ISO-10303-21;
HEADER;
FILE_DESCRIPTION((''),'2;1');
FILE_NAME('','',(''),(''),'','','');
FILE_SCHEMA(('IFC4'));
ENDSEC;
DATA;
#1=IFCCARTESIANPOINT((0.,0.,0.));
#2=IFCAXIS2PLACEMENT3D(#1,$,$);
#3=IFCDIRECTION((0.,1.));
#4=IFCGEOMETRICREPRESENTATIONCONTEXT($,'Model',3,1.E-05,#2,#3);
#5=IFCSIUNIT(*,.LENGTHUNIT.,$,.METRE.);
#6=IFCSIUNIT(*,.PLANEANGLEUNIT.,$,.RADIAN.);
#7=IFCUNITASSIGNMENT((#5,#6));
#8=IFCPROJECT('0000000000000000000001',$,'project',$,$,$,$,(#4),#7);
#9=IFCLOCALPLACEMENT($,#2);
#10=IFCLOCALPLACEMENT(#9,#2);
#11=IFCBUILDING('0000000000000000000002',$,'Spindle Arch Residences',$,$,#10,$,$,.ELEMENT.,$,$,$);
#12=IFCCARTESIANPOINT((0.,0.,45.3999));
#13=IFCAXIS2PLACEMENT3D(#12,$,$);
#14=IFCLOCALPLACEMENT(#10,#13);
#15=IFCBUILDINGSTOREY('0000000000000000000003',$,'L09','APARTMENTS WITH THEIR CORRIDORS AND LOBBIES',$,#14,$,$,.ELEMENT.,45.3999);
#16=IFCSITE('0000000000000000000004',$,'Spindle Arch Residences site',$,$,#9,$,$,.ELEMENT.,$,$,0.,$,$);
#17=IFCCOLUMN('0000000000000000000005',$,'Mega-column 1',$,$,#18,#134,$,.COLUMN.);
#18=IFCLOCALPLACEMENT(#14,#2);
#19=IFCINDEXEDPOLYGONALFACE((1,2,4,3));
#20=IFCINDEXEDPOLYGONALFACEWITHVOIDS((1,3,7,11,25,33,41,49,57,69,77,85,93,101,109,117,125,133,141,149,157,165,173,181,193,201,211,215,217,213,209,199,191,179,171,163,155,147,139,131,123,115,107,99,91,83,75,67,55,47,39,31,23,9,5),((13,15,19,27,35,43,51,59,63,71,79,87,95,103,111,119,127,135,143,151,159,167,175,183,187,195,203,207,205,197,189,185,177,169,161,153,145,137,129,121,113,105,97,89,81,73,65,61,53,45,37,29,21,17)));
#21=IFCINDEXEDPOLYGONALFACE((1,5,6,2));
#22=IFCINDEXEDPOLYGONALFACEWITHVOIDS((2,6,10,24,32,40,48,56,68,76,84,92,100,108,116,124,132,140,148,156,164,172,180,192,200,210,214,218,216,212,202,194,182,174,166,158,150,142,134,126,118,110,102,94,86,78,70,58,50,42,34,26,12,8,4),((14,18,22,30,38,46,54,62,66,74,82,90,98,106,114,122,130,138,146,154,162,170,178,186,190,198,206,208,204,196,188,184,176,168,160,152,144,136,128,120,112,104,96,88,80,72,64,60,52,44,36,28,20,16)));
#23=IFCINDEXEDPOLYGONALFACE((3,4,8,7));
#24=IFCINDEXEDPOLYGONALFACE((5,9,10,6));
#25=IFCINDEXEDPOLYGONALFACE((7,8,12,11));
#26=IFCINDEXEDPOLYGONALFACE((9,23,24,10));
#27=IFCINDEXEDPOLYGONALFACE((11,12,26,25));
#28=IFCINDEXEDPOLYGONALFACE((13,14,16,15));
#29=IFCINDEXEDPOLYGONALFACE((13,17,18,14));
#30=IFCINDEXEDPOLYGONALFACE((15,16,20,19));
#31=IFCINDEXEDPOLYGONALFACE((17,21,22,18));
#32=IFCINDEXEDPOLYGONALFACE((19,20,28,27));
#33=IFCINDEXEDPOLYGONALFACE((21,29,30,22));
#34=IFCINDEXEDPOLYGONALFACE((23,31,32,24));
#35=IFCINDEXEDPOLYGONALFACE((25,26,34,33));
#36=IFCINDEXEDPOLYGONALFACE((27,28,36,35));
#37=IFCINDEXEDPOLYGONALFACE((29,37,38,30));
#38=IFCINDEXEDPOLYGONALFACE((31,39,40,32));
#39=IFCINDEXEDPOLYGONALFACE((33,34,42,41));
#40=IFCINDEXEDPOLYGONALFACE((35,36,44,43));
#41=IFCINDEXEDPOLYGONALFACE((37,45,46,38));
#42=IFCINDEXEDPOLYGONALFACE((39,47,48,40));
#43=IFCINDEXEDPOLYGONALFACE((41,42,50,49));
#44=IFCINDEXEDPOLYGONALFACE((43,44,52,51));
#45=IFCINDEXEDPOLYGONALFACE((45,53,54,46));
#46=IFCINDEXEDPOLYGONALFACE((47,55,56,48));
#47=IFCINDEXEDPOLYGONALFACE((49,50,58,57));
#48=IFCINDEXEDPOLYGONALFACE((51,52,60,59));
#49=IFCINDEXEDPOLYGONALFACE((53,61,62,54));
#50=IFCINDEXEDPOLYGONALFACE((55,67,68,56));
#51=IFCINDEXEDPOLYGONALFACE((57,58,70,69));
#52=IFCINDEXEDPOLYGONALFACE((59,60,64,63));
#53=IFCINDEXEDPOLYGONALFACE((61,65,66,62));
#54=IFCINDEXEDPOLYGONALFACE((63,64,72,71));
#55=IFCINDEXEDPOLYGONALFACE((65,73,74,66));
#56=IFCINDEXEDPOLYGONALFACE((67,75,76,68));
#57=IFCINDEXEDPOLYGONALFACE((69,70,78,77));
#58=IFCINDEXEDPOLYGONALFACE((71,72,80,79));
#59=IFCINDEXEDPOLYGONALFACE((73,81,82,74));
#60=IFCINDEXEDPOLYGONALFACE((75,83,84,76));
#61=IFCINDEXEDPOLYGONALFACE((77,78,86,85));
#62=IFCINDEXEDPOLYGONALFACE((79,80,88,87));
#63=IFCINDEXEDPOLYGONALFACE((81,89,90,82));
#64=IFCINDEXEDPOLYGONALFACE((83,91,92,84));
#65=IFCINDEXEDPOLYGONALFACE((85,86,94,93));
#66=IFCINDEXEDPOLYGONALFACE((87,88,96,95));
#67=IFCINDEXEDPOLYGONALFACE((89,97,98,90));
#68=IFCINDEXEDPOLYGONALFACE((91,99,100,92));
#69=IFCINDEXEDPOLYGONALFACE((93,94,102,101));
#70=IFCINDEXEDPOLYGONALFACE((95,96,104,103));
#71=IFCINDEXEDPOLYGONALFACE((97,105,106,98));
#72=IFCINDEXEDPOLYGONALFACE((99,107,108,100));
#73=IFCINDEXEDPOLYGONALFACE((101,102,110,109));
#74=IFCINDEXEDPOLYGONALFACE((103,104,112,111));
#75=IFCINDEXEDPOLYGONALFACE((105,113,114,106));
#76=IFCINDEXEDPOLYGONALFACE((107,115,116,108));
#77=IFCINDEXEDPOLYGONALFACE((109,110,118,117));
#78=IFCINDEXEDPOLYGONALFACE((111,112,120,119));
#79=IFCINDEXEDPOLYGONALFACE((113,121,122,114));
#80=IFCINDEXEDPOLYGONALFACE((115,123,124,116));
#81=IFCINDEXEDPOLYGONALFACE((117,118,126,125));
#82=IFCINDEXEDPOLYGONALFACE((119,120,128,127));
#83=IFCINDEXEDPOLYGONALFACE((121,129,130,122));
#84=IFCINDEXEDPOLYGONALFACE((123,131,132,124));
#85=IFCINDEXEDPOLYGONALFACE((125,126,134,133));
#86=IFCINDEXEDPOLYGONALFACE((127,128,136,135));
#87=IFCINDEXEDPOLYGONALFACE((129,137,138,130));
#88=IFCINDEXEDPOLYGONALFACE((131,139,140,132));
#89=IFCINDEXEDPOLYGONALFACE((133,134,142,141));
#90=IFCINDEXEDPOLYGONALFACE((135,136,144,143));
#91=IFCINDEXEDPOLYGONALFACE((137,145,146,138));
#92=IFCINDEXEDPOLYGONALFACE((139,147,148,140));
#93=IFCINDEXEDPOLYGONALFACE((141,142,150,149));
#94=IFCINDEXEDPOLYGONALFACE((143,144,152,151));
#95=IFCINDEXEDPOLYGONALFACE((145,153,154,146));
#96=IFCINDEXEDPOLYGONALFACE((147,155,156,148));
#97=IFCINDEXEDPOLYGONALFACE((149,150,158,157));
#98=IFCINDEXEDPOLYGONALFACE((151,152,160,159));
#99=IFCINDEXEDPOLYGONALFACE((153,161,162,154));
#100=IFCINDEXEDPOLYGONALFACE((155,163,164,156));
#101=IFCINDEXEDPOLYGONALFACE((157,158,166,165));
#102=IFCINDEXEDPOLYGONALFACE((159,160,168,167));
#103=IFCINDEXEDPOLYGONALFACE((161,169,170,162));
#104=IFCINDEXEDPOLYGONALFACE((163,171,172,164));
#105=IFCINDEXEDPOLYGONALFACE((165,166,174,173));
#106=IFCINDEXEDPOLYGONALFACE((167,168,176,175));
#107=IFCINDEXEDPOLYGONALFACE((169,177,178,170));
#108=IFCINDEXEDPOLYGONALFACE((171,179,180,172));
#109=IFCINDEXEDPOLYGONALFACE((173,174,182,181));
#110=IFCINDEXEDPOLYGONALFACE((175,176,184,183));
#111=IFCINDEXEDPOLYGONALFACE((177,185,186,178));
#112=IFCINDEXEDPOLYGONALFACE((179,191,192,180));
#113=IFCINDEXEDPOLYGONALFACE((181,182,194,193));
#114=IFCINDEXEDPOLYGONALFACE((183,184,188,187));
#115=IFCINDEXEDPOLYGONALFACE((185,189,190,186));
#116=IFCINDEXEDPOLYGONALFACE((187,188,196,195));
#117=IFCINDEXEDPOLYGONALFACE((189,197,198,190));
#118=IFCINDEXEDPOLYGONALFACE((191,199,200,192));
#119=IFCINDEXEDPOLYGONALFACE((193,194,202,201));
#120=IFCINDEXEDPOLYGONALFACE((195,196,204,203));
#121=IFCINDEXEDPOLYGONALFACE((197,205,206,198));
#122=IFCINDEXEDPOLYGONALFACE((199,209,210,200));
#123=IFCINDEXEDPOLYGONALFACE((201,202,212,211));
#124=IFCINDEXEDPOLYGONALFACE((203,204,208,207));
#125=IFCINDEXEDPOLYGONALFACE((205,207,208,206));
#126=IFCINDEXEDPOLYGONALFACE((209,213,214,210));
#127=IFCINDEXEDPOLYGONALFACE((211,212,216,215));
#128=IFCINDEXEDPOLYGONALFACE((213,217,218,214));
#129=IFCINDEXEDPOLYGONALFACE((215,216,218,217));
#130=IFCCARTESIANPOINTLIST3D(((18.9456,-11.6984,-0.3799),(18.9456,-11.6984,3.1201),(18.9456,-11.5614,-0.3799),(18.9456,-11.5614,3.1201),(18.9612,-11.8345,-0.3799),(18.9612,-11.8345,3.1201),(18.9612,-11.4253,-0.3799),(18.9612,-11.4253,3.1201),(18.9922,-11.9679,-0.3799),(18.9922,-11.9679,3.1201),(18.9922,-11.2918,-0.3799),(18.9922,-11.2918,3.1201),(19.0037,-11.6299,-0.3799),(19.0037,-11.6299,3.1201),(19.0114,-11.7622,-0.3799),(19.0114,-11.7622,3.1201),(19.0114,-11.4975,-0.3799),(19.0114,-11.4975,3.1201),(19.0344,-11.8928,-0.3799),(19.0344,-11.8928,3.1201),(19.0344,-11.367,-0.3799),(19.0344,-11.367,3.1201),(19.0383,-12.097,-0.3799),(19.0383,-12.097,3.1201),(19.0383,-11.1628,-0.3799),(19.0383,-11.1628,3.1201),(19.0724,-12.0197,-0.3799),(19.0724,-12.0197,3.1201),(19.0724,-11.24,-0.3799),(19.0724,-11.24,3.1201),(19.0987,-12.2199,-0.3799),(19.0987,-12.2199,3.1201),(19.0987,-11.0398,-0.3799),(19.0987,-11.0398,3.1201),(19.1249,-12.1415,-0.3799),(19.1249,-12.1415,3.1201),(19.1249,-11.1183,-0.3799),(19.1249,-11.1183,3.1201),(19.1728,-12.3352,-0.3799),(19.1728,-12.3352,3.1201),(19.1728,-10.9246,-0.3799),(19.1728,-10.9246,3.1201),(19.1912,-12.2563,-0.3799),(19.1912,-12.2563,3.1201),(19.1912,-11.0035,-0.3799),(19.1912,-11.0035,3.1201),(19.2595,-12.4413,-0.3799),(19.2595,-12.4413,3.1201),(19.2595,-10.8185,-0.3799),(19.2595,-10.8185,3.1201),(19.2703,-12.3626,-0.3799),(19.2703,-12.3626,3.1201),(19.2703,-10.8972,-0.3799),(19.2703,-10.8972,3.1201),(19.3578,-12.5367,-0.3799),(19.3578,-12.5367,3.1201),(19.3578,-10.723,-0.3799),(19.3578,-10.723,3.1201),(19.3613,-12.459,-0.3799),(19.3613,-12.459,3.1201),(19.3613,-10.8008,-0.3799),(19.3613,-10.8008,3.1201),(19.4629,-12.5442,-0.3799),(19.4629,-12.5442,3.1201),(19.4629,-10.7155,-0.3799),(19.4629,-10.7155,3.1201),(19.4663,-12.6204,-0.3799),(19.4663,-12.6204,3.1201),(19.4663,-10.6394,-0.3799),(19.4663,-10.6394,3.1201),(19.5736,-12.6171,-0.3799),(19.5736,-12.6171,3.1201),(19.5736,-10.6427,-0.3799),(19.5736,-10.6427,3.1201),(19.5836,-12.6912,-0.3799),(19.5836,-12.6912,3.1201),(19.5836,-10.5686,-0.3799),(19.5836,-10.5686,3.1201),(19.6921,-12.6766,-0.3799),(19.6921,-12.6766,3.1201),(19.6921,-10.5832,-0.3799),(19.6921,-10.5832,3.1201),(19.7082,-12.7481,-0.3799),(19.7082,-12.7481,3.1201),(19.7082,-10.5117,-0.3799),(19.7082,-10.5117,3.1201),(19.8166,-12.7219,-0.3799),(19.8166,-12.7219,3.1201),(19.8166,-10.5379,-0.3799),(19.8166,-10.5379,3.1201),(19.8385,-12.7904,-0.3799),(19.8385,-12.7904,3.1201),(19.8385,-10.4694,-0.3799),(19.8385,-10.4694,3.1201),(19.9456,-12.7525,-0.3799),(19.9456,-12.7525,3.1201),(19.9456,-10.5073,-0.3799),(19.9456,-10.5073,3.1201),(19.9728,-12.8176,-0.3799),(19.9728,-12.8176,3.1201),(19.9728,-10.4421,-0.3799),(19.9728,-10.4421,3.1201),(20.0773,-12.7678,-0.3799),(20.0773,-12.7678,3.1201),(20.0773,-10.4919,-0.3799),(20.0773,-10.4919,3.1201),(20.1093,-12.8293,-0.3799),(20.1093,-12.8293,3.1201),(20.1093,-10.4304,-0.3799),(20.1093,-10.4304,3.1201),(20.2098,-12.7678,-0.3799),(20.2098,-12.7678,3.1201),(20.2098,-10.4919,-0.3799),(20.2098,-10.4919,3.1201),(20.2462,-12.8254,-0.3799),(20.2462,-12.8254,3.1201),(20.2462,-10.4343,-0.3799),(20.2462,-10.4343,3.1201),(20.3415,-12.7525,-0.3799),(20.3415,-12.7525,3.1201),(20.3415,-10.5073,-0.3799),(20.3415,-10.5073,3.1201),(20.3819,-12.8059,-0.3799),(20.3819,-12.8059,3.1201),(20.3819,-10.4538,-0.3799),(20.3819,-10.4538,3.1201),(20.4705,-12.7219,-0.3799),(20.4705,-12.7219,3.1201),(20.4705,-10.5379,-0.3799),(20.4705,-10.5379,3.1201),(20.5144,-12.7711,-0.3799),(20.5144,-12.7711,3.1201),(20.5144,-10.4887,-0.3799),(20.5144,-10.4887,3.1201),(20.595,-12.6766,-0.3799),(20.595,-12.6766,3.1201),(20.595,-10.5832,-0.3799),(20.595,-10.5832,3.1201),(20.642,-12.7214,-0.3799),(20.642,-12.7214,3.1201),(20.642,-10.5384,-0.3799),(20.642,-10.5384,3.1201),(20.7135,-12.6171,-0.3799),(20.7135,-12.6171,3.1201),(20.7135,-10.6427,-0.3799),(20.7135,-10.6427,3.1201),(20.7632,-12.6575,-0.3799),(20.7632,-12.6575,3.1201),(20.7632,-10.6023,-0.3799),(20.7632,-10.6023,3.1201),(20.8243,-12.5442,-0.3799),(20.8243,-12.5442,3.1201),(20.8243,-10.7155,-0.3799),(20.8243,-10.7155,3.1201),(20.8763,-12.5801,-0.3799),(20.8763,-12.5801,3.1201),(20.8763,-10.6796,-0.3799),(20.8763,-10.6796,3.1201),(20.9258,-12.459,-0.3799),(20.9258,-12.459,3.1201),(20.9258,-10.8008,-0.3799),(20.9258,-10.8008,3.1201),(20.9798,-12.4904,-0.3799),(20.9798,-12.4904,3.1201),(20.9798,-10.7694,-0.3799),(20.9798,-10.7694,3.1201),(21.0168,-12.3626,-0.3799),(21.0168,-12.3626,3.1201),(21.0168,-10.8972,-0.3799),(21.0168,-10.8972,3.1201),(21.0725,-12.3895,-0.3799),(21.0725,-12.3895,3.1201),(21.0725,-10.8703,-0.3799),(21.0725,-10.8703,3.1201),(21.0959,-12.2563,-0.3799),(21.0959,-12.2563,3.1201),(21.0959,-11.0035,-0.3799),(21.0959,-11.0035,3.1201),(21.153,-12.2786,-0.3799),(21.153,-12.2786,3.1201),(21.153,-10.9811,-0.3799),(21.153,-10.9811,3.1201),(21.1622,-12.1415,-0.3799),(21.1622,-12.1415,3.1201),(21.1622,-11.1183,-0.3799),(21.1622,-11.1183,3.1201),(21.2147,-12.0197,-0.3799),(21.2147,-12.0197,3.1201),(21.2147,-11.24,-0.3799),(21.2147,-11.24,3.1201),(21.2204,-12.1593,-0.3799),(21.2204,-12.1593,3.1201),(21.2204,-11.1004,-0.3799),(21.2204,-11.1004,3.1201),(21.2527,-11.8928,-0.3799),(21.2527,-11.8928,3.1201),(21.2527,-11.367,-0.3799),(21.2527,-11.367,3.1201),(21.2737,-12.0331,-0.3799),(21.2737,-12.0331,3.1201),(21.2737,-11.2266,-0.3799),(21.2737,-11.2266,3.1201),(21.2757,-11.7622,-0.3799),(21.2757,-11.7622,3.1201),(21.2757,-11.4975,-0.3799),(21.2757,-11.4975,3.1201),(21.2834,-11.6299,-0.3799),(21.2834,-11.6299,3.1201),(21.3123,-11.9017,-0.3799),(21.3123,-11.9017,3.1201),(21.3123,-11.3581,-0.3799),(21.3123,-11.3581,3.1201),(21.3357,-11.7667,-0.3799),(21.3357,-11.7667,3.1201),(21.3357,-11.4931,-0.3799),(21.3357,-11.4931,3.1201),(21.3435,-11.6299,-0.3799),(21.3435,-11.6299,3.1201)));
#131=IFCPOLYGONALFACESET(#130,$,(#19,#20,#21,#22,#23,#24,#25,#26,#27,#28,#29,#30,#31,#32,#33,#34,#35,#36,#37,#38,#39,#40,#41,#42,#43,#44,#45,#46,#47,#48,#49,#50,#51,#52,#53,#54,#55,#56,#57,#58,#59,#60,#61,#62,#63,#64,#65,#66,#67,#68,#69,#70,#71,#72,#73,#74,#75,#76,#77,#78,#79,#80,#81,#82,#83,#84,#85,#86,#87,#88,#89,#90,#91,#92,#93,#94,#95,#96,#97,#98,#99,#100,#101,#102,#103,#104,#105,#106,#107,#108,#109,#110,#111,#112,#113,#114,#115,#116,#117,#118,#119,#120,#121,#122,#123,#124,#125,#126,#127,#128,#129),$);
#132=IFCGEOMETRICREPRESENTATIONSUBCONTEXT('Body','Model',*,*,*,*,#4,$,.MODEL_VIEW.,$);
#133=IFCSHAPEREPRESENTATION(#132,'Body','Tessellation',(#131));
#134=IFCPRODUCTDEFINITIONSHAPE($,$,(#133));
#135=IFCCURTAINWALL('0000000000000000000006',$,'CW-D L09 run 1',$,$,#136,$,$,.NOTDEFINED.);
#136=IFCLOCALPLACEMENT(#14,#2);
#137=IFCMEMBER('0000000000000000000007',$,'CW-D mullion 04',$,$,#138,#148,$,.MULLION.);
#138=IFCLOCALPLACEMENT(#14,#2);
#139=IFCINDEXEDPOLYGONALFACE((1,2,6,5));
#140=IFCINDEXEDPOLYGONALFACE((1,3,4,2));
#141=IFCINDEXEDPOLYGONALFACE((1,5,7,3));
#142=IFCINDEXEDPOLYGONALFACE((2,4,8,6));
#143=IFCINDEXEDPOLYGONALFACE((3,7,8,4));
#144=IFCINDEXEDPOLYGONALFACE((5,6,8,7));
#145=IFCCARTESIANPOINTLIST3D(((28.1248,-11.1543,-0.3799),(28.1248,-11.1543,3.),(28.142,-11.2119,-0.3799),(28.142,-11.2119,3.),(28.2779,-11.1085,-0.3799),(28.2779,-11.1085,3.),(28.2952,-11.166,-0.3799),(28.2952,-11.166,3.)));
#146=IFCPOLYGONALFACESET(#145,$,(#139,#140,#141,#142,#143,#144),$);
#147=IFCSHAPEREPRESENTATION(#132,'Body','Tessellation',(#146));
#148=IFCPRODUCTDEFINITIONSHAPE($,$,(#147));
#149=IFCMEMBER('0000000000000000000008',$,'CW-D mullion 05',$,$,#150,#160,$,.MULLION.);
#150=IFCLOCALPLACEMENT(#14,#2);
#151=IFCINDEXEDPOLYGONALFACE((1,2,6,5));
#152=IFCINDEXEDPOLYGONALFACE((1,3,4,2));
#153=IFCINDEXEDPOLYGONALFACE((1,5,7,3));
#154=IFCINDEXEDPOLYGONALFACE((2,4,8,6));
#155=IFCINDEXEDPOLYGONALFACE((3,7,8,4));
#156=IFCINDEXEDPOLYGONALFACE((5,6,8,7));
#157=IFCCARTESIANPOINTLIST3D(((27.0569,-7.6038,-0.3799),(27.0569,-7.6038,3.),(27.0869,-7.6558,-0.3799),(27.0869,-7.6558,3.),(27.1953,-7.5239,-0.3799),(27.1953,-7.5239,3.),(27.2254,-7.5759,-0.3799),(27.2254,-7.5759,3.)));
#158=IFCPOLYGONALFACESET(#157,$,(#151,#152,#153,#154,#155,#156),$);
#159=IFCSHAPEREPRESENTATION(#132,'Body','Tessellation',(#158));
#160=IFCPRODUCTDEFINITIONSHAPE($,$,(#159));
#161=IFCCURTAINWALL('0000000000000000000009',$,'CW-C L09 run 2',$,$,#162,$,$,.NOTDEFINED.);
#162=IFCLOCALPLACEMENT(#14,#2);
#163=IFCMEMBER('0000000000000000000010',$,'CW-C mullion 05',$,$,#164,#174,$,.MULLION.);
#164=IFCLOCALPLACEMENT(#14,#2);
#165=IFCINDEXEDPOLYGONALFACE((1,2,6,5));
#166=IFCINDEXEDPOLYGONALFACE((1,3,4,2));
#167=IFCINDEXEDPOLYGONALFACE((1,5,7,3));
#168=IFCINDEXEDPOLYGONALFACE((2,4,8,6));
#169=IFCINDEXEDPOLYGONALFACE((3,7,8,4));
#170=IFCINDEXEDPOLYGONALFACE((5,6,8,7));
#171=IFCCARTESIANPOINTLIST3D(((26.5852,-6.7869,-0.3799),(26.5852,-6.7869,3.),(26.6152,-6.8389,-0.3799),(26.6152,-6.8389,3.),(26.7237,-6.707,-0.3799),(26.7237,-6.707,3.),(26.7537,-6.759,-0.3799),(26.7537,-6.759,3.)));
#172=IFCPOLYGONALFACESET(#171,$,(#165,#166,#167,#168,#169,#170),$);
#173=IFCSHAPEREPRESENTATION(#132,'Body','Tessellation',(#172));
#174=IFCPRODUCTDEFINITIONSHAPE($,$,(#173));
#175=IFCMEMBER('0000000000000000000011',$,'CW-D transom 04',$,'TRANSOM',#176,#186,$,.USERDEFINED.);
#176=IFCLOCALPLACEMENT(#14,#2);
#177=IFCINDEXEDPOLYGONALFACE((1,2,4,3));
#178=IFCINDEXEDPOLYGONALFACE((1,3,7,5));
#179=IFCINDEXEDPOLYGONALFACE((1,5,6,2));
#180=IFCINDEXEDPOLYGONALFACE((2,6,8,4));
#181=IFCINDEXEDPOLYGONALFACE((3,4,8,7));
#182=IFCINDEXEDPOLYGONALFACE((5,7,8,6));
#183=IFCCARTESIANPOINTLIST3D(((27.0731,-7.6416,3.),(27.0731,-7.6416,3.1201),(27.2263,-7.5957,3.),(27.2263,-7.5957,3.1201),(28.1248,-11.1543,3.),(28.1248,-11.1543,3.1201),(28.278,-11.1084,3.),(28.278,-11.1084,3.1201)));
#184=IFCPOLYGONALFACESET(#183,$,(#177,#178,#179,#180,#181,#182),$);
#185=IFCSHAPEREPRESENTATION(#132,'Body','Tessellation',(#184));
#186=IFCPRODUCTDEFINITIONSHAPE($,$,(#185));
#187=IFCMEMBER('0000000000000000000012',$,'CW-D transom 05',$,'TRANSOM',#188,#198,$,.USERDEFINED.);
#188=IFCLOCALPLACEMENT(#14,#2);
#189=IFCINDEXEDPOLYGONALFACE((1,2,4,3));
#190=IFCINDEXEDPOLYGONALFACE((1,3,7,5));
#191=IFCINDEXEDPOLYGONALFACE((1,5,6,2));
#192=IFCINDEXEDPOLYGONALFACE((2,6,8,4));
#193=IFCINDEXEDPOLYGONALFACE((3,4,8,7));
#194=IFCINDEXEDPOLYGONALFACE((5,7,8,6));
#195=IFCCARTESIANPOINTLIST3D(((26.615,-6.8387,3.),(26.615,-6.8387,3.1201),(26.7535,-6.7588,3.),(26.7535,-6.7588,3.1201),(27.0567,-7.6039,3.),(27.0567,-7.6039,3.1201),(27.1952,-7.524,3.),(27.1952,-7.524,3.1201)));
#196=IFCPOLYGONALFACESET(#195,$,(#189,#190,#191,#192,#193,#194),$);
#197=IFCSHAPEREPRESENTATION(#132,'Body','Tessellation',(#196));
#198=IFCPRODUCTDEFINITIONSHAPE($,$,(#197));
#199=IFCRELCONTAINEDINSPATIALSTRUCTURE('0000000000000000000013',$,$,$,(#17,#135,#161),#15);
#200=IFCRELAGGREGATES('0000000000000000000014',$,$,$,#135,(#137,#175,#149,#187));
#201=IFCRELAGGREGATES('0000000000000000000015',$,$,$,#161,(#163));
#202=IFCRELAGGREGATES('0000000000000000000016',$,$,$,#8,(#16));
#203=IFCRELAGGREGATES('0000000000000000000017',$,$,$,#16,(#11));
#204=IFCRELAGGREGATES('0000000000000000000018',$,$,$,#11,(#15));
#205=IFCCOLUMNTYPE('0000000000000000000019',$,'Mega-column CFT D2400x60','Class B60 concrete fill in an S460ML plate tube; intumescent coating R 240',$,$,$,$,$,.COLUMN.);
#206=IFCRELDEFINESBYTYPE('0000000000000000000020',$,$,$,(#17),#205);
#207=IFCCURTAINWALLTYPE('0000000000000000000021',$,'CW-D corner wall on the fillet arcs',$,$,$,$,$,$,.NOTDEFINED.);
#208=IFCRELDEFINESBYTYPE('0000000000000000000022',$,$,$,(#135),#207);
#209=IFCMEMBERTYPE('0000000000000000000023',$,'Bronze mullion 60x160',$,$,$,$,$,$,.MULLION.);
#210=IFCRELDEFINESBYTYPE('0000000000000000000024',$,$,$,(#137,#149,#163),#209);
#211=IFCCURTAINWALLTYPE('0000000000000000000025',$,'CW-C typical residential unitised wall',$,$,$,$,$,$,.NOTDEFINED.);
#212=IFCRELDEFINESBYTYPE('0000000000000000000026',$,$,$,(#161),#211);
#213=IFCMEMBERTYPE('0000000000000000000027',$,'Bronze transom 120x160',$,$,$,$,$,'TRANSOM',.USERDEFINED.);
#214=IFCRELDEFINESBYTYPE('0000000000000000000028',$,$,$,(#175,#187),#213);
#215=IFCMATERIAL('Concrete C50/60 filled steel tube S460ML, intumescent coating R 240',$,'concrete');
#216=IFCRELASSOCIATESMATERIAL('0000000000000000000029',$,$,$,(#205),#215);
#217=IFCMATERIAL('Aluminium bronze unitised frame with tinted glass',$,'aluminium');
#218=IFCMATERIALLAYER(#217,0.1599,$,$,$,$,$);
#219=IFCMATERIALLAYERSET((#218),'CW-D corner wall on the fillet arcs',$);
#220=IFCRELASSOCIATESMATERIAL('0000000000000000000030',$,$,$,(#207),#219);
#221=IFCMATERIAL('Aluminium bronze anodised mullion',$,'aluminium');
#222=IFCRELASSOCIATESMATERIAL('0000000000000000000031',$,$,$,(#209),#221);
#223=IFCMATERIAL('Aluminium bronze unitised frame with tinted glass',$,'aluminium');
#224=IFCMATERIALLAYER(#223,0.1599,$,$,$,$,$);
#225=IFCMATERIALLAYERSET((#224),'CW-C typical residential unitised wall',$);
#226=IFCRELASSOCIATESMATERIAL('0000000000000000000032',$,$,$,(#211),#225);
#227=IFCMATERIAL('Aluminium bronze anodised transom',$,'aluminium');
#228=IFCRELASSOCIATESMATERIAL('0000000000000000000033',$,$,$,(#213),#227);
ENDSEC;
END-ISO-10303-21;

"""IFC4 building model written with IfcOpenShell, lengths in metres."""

from ifc_helpers import new_model, si_unit, direction, frame, origin, origin_2d, place, context, subcontext, project, spatial, rectangle, hollow_circle, extrude, material, layer, layer_set, material_profile, profile_set, type_object, element, aggregate, save


model = new_model("IFC4")

# Units and contexts
model_context = context("Model", 3, precision=1e-05, world=origin(), true_north=direction((0.0, 1.0)))
body_context = subcontext(model_context, "Body", "Model", "MODEL_VIEW")
ifc_project = project(units=[si_unit("LENGTHUNIT", "METRE"), si_unit("PLANEANGLEUNIT", "RADIAN")], contexts=[model_context])

# Site, building, storey
site_placement = place(None, origin())
site = spatial("IfcSite", under=ifc_project, at=site_placement, Name="Spindle Arch Residences site", CompositionType="ELEMENT", RefElevation=0.0)
building_placement = place(site_placement, origin())
building = spatial("IfcBuilding", under=site, at=building_placement, Name="Spindle Arch Residences", CompositionType="ELEMENT")
storey_placement = place(building_placement, frame((0.0, 0.0, 45.3999)))
storey = spatial("IfcBuildingStorey", under=building, at=storey_placement, Name="L09", Description="APARTMENTS WITH THEIR CORRIDORS AND LOBBIES", CompositionType="ELEMENT", Elevation=45.3999)

# Column
ifc_material_1 = material(Name="Concrete C50/60 filled steel tube S460ML, intumescent coating R 240", Category="concrete")
ifc_material_profile_1 = material_profile(ifc_material_1, hollow_circle(Radius=1.2, WallThickness=0.0601, at=origin_2d()), Name="CFT D2400x60")
ifc_profile_set_1 = profile_set([ifc_material_profile_1], Name="Concrete C50/60 filled steel tube S460ML, intumescent coating R 240")
column_type_1 = type_object("IfcColumnType", Name="Mega-column CFT D2400x60", Description="Class B60 concrete fill in an S460ML plate tube; intumescent coating R 240", PredefinedType="COLUMN", material=ifc_profile_set_1)
column_placement = place(storey_placement, frame((20.1436, -11.6299, -0.3799), z_axis=(0.0, 0.0, 1.0), x_axis=(1.0, 0.0, 0.0)))
element("IfcColumn", 1, at=column_placement, inside=storey, type_object=column_type_1, Name="Mega-column 1", PredefinedType="COLUMN", context=body_context, shape_type="SweptSolid", body=[
    extrude(hollow_circle(Radius=1.2, WallThickness=0.0601, at=origin_2d()), origin(), (0.0, 0.0, 1.0), 3.5),
])

# Curtain wall, members
ifc_material_2 = material(Name="Aluminium bronze unitised frame with tinted glass", Category="aluminium")
ifc_layer_1 = layer(ifc_material_2, 0.1599)
ifc_layer_set_1 = layer_set([ifc_layer_1], Name="CW-D corner wall on the fillet arcs")
curtain_wall_type_1 = type_object("IfcCurtainWallType", Name="CW-D corner wall on the fillet arcs", PredefinedType="NOTDEFINED", material=ifc_layer_set_1)
curtain_wall_1_placement = place(storey_placement, origin())
curtain_wall_1 = element("IfcCurtainWall", 2, at=curtain_wall_1_placement, inside=storey, type_object=curtain_wall_type_1, Name="CW-D L09 run 1", PredefinedType="NOTDEFINED")
ifc_material_3 = material(Name="Aluminium bronze anodised mullion", Category="aluminium")
ifc_material_profile_2 = material_profile(ifc_material_3, rectangle(XDim=0.1599, YDim=0.0601, at=origin_2d()), Name="MU 60x160")
ifc_profile_set_2 = profile_set([ifc_material_profile_2], Name="Aluminium bronze anodised mullion")
member_type_1 = type_object("IfcMemberType", Name="Bronze mullion 60x160", PredefinedType="MULLION", material=ifc_profile_set_2)
member_1_placement = place(storey_placement, frame((28.21, -11.1602, -0.3799), z_axis=(0.0, 0.0, 1.0), x_axis=(-0.95799, -0.286803, 0.0)))
member_1 = element("IfcMember", 3, at=member_1_placement, type_object=member_type_1, Name="CW-D mullion 04", PredefinedType="MULLION", context=body_context, shape_type="SweptSolid", body=[
    extrude(rectangle(XDim=0.1599, YDim=0.0601, at=origin_2d()), origin(), (0.0, 0.0, 1.0), 3.3799),
])
member_2_placement = place(storey_placement, frame((27.1411, -7.5898, -0.3799), z_axis=(0.0, 0.0, 1.0), x_axis=(-0.866025, -0.5, 0.0)))
member_2 = element("IfcMember", 4, at=member_2_placement, type_object=member_type_1, Name="CW-D mullion 05", PredefinedType="MULLION", context=body_context, shape_type="SweptSolid", body=[
    extrude(rectangle(XDim=0.1599, YDim=0.0601, at=origin_2d()), origin(), (0.0, 0.0, 1.0), 3.3799),
])

# Curtain wall, member
ifc_material_4 = material(Name="Aluminium bronze unitised frame with tinted glass", Category="aluminium")
ifc_layer_2 = layer(ifc_material_4, 0.1599)
ifc_layer_set_2 = layer_set([ifc_layer_2], Name="CW-C typical residential unitised wall")
curtain_wall_type_2 = type_object("IfcCurtainWallType", Name="CW-C typical residential unitised wall", PredefinedType="NOTDEFINED", material=ifc_layer_set_2)
curtain_wall_2_placement = place(storey_placement, origin())
curtain_wall_2 = element("IfcCurtainWall", 5, at=curtain_wall_2_placement, inside=storey, type_object=curtain_wall_type_2, Name="CW-C L09 run 2", PredefinedType="NOTDEFINED")
member_3_placement = place(storey_placement, frame((26.6694, -6.7729, -0.3799), z_axis=(0.0, 0.0, 1.0), x_axis=(-0.866025, -0.5, 0.0)))
member_3 = element("IfcMember", 6, at=member_3_placement, type_object=member_type_1, Name="CW-C mullion 05", PredefinedType="MULLION", context=body_context, shape_type="SweptSolid", body=[
    extrude(rectangle(XDim=0.1599, YDim=0.0601, at=origin_2d()), origin(), (0.0, 0.0, 1.0), 3.3799),
])

# Members
ifc_material_5 = material(Name="Aluminium bronze anodised transom", Category="aluminium")
ifc_material_profile_3 = material_profile(ifc_material_5, rectangle(XDim=0.1599, YDim=0.1201, at=origin_2d()), Name="TR 120x160")
ifc_profile_set_3 = profile_set([ifc_material_profile_3], Name="Aluminium bronze anodised transom")
member_type_2 = type_object("IfcMemberType", Name="Bronze transom 120x160", ElementType="TRANSOM", PredefinedType="USERDEFINED", material=ifc_profile_set_3)
member_4_placement = place(storey_placement, frame((28.2014, -11.1313, 3.0601), z_axis=(-0.286835, 0.95798, 0.0), x_axis=(-0.95798, -0.286835, 0.0)))
member_4 = element("IfcMember", 7, at=member_4_placement, type_object=member_type_2, Name="CW-D transom 04", ObjectType="TRANSOM", PredefinedType="USERDEFINED", context=body_context, shape_type="SweptSolid", body=[
    extrude(rectangle(XDim=0.1599, YDim=0.1201, at=origin_2d()), origin(), (0.0, 0.0, 1.0), 3.6667),
])
member_5_placement = place(storey_placement, frame((27.126, -7.564, 3.0601), z_axis=(-0.499914, 0.866075, 0.0), x_axis=(-0.866075, -0.499914, 0.0)))
member_5 = element("IfcMember", 8, at=member_5_placement, type_object=member_type_2, Name="CW-D transom 05", ObjectType="TRANSOM", PredefinedType="USERDEFINED", context=body_context, shape_type="SweptSolid", body=[
    extrude(rectangle(XDim=0.1599, YDim=0.1201, at=origin_2d()), origin(), (0.0, 0.0, 1.0), 0.8835),
])

aggregate(curtain_wall_1, [member_1, member_4, member_2, member_5])
aggregate(curtain_wall_2, [member_3])

save(model, "model.ifc")
